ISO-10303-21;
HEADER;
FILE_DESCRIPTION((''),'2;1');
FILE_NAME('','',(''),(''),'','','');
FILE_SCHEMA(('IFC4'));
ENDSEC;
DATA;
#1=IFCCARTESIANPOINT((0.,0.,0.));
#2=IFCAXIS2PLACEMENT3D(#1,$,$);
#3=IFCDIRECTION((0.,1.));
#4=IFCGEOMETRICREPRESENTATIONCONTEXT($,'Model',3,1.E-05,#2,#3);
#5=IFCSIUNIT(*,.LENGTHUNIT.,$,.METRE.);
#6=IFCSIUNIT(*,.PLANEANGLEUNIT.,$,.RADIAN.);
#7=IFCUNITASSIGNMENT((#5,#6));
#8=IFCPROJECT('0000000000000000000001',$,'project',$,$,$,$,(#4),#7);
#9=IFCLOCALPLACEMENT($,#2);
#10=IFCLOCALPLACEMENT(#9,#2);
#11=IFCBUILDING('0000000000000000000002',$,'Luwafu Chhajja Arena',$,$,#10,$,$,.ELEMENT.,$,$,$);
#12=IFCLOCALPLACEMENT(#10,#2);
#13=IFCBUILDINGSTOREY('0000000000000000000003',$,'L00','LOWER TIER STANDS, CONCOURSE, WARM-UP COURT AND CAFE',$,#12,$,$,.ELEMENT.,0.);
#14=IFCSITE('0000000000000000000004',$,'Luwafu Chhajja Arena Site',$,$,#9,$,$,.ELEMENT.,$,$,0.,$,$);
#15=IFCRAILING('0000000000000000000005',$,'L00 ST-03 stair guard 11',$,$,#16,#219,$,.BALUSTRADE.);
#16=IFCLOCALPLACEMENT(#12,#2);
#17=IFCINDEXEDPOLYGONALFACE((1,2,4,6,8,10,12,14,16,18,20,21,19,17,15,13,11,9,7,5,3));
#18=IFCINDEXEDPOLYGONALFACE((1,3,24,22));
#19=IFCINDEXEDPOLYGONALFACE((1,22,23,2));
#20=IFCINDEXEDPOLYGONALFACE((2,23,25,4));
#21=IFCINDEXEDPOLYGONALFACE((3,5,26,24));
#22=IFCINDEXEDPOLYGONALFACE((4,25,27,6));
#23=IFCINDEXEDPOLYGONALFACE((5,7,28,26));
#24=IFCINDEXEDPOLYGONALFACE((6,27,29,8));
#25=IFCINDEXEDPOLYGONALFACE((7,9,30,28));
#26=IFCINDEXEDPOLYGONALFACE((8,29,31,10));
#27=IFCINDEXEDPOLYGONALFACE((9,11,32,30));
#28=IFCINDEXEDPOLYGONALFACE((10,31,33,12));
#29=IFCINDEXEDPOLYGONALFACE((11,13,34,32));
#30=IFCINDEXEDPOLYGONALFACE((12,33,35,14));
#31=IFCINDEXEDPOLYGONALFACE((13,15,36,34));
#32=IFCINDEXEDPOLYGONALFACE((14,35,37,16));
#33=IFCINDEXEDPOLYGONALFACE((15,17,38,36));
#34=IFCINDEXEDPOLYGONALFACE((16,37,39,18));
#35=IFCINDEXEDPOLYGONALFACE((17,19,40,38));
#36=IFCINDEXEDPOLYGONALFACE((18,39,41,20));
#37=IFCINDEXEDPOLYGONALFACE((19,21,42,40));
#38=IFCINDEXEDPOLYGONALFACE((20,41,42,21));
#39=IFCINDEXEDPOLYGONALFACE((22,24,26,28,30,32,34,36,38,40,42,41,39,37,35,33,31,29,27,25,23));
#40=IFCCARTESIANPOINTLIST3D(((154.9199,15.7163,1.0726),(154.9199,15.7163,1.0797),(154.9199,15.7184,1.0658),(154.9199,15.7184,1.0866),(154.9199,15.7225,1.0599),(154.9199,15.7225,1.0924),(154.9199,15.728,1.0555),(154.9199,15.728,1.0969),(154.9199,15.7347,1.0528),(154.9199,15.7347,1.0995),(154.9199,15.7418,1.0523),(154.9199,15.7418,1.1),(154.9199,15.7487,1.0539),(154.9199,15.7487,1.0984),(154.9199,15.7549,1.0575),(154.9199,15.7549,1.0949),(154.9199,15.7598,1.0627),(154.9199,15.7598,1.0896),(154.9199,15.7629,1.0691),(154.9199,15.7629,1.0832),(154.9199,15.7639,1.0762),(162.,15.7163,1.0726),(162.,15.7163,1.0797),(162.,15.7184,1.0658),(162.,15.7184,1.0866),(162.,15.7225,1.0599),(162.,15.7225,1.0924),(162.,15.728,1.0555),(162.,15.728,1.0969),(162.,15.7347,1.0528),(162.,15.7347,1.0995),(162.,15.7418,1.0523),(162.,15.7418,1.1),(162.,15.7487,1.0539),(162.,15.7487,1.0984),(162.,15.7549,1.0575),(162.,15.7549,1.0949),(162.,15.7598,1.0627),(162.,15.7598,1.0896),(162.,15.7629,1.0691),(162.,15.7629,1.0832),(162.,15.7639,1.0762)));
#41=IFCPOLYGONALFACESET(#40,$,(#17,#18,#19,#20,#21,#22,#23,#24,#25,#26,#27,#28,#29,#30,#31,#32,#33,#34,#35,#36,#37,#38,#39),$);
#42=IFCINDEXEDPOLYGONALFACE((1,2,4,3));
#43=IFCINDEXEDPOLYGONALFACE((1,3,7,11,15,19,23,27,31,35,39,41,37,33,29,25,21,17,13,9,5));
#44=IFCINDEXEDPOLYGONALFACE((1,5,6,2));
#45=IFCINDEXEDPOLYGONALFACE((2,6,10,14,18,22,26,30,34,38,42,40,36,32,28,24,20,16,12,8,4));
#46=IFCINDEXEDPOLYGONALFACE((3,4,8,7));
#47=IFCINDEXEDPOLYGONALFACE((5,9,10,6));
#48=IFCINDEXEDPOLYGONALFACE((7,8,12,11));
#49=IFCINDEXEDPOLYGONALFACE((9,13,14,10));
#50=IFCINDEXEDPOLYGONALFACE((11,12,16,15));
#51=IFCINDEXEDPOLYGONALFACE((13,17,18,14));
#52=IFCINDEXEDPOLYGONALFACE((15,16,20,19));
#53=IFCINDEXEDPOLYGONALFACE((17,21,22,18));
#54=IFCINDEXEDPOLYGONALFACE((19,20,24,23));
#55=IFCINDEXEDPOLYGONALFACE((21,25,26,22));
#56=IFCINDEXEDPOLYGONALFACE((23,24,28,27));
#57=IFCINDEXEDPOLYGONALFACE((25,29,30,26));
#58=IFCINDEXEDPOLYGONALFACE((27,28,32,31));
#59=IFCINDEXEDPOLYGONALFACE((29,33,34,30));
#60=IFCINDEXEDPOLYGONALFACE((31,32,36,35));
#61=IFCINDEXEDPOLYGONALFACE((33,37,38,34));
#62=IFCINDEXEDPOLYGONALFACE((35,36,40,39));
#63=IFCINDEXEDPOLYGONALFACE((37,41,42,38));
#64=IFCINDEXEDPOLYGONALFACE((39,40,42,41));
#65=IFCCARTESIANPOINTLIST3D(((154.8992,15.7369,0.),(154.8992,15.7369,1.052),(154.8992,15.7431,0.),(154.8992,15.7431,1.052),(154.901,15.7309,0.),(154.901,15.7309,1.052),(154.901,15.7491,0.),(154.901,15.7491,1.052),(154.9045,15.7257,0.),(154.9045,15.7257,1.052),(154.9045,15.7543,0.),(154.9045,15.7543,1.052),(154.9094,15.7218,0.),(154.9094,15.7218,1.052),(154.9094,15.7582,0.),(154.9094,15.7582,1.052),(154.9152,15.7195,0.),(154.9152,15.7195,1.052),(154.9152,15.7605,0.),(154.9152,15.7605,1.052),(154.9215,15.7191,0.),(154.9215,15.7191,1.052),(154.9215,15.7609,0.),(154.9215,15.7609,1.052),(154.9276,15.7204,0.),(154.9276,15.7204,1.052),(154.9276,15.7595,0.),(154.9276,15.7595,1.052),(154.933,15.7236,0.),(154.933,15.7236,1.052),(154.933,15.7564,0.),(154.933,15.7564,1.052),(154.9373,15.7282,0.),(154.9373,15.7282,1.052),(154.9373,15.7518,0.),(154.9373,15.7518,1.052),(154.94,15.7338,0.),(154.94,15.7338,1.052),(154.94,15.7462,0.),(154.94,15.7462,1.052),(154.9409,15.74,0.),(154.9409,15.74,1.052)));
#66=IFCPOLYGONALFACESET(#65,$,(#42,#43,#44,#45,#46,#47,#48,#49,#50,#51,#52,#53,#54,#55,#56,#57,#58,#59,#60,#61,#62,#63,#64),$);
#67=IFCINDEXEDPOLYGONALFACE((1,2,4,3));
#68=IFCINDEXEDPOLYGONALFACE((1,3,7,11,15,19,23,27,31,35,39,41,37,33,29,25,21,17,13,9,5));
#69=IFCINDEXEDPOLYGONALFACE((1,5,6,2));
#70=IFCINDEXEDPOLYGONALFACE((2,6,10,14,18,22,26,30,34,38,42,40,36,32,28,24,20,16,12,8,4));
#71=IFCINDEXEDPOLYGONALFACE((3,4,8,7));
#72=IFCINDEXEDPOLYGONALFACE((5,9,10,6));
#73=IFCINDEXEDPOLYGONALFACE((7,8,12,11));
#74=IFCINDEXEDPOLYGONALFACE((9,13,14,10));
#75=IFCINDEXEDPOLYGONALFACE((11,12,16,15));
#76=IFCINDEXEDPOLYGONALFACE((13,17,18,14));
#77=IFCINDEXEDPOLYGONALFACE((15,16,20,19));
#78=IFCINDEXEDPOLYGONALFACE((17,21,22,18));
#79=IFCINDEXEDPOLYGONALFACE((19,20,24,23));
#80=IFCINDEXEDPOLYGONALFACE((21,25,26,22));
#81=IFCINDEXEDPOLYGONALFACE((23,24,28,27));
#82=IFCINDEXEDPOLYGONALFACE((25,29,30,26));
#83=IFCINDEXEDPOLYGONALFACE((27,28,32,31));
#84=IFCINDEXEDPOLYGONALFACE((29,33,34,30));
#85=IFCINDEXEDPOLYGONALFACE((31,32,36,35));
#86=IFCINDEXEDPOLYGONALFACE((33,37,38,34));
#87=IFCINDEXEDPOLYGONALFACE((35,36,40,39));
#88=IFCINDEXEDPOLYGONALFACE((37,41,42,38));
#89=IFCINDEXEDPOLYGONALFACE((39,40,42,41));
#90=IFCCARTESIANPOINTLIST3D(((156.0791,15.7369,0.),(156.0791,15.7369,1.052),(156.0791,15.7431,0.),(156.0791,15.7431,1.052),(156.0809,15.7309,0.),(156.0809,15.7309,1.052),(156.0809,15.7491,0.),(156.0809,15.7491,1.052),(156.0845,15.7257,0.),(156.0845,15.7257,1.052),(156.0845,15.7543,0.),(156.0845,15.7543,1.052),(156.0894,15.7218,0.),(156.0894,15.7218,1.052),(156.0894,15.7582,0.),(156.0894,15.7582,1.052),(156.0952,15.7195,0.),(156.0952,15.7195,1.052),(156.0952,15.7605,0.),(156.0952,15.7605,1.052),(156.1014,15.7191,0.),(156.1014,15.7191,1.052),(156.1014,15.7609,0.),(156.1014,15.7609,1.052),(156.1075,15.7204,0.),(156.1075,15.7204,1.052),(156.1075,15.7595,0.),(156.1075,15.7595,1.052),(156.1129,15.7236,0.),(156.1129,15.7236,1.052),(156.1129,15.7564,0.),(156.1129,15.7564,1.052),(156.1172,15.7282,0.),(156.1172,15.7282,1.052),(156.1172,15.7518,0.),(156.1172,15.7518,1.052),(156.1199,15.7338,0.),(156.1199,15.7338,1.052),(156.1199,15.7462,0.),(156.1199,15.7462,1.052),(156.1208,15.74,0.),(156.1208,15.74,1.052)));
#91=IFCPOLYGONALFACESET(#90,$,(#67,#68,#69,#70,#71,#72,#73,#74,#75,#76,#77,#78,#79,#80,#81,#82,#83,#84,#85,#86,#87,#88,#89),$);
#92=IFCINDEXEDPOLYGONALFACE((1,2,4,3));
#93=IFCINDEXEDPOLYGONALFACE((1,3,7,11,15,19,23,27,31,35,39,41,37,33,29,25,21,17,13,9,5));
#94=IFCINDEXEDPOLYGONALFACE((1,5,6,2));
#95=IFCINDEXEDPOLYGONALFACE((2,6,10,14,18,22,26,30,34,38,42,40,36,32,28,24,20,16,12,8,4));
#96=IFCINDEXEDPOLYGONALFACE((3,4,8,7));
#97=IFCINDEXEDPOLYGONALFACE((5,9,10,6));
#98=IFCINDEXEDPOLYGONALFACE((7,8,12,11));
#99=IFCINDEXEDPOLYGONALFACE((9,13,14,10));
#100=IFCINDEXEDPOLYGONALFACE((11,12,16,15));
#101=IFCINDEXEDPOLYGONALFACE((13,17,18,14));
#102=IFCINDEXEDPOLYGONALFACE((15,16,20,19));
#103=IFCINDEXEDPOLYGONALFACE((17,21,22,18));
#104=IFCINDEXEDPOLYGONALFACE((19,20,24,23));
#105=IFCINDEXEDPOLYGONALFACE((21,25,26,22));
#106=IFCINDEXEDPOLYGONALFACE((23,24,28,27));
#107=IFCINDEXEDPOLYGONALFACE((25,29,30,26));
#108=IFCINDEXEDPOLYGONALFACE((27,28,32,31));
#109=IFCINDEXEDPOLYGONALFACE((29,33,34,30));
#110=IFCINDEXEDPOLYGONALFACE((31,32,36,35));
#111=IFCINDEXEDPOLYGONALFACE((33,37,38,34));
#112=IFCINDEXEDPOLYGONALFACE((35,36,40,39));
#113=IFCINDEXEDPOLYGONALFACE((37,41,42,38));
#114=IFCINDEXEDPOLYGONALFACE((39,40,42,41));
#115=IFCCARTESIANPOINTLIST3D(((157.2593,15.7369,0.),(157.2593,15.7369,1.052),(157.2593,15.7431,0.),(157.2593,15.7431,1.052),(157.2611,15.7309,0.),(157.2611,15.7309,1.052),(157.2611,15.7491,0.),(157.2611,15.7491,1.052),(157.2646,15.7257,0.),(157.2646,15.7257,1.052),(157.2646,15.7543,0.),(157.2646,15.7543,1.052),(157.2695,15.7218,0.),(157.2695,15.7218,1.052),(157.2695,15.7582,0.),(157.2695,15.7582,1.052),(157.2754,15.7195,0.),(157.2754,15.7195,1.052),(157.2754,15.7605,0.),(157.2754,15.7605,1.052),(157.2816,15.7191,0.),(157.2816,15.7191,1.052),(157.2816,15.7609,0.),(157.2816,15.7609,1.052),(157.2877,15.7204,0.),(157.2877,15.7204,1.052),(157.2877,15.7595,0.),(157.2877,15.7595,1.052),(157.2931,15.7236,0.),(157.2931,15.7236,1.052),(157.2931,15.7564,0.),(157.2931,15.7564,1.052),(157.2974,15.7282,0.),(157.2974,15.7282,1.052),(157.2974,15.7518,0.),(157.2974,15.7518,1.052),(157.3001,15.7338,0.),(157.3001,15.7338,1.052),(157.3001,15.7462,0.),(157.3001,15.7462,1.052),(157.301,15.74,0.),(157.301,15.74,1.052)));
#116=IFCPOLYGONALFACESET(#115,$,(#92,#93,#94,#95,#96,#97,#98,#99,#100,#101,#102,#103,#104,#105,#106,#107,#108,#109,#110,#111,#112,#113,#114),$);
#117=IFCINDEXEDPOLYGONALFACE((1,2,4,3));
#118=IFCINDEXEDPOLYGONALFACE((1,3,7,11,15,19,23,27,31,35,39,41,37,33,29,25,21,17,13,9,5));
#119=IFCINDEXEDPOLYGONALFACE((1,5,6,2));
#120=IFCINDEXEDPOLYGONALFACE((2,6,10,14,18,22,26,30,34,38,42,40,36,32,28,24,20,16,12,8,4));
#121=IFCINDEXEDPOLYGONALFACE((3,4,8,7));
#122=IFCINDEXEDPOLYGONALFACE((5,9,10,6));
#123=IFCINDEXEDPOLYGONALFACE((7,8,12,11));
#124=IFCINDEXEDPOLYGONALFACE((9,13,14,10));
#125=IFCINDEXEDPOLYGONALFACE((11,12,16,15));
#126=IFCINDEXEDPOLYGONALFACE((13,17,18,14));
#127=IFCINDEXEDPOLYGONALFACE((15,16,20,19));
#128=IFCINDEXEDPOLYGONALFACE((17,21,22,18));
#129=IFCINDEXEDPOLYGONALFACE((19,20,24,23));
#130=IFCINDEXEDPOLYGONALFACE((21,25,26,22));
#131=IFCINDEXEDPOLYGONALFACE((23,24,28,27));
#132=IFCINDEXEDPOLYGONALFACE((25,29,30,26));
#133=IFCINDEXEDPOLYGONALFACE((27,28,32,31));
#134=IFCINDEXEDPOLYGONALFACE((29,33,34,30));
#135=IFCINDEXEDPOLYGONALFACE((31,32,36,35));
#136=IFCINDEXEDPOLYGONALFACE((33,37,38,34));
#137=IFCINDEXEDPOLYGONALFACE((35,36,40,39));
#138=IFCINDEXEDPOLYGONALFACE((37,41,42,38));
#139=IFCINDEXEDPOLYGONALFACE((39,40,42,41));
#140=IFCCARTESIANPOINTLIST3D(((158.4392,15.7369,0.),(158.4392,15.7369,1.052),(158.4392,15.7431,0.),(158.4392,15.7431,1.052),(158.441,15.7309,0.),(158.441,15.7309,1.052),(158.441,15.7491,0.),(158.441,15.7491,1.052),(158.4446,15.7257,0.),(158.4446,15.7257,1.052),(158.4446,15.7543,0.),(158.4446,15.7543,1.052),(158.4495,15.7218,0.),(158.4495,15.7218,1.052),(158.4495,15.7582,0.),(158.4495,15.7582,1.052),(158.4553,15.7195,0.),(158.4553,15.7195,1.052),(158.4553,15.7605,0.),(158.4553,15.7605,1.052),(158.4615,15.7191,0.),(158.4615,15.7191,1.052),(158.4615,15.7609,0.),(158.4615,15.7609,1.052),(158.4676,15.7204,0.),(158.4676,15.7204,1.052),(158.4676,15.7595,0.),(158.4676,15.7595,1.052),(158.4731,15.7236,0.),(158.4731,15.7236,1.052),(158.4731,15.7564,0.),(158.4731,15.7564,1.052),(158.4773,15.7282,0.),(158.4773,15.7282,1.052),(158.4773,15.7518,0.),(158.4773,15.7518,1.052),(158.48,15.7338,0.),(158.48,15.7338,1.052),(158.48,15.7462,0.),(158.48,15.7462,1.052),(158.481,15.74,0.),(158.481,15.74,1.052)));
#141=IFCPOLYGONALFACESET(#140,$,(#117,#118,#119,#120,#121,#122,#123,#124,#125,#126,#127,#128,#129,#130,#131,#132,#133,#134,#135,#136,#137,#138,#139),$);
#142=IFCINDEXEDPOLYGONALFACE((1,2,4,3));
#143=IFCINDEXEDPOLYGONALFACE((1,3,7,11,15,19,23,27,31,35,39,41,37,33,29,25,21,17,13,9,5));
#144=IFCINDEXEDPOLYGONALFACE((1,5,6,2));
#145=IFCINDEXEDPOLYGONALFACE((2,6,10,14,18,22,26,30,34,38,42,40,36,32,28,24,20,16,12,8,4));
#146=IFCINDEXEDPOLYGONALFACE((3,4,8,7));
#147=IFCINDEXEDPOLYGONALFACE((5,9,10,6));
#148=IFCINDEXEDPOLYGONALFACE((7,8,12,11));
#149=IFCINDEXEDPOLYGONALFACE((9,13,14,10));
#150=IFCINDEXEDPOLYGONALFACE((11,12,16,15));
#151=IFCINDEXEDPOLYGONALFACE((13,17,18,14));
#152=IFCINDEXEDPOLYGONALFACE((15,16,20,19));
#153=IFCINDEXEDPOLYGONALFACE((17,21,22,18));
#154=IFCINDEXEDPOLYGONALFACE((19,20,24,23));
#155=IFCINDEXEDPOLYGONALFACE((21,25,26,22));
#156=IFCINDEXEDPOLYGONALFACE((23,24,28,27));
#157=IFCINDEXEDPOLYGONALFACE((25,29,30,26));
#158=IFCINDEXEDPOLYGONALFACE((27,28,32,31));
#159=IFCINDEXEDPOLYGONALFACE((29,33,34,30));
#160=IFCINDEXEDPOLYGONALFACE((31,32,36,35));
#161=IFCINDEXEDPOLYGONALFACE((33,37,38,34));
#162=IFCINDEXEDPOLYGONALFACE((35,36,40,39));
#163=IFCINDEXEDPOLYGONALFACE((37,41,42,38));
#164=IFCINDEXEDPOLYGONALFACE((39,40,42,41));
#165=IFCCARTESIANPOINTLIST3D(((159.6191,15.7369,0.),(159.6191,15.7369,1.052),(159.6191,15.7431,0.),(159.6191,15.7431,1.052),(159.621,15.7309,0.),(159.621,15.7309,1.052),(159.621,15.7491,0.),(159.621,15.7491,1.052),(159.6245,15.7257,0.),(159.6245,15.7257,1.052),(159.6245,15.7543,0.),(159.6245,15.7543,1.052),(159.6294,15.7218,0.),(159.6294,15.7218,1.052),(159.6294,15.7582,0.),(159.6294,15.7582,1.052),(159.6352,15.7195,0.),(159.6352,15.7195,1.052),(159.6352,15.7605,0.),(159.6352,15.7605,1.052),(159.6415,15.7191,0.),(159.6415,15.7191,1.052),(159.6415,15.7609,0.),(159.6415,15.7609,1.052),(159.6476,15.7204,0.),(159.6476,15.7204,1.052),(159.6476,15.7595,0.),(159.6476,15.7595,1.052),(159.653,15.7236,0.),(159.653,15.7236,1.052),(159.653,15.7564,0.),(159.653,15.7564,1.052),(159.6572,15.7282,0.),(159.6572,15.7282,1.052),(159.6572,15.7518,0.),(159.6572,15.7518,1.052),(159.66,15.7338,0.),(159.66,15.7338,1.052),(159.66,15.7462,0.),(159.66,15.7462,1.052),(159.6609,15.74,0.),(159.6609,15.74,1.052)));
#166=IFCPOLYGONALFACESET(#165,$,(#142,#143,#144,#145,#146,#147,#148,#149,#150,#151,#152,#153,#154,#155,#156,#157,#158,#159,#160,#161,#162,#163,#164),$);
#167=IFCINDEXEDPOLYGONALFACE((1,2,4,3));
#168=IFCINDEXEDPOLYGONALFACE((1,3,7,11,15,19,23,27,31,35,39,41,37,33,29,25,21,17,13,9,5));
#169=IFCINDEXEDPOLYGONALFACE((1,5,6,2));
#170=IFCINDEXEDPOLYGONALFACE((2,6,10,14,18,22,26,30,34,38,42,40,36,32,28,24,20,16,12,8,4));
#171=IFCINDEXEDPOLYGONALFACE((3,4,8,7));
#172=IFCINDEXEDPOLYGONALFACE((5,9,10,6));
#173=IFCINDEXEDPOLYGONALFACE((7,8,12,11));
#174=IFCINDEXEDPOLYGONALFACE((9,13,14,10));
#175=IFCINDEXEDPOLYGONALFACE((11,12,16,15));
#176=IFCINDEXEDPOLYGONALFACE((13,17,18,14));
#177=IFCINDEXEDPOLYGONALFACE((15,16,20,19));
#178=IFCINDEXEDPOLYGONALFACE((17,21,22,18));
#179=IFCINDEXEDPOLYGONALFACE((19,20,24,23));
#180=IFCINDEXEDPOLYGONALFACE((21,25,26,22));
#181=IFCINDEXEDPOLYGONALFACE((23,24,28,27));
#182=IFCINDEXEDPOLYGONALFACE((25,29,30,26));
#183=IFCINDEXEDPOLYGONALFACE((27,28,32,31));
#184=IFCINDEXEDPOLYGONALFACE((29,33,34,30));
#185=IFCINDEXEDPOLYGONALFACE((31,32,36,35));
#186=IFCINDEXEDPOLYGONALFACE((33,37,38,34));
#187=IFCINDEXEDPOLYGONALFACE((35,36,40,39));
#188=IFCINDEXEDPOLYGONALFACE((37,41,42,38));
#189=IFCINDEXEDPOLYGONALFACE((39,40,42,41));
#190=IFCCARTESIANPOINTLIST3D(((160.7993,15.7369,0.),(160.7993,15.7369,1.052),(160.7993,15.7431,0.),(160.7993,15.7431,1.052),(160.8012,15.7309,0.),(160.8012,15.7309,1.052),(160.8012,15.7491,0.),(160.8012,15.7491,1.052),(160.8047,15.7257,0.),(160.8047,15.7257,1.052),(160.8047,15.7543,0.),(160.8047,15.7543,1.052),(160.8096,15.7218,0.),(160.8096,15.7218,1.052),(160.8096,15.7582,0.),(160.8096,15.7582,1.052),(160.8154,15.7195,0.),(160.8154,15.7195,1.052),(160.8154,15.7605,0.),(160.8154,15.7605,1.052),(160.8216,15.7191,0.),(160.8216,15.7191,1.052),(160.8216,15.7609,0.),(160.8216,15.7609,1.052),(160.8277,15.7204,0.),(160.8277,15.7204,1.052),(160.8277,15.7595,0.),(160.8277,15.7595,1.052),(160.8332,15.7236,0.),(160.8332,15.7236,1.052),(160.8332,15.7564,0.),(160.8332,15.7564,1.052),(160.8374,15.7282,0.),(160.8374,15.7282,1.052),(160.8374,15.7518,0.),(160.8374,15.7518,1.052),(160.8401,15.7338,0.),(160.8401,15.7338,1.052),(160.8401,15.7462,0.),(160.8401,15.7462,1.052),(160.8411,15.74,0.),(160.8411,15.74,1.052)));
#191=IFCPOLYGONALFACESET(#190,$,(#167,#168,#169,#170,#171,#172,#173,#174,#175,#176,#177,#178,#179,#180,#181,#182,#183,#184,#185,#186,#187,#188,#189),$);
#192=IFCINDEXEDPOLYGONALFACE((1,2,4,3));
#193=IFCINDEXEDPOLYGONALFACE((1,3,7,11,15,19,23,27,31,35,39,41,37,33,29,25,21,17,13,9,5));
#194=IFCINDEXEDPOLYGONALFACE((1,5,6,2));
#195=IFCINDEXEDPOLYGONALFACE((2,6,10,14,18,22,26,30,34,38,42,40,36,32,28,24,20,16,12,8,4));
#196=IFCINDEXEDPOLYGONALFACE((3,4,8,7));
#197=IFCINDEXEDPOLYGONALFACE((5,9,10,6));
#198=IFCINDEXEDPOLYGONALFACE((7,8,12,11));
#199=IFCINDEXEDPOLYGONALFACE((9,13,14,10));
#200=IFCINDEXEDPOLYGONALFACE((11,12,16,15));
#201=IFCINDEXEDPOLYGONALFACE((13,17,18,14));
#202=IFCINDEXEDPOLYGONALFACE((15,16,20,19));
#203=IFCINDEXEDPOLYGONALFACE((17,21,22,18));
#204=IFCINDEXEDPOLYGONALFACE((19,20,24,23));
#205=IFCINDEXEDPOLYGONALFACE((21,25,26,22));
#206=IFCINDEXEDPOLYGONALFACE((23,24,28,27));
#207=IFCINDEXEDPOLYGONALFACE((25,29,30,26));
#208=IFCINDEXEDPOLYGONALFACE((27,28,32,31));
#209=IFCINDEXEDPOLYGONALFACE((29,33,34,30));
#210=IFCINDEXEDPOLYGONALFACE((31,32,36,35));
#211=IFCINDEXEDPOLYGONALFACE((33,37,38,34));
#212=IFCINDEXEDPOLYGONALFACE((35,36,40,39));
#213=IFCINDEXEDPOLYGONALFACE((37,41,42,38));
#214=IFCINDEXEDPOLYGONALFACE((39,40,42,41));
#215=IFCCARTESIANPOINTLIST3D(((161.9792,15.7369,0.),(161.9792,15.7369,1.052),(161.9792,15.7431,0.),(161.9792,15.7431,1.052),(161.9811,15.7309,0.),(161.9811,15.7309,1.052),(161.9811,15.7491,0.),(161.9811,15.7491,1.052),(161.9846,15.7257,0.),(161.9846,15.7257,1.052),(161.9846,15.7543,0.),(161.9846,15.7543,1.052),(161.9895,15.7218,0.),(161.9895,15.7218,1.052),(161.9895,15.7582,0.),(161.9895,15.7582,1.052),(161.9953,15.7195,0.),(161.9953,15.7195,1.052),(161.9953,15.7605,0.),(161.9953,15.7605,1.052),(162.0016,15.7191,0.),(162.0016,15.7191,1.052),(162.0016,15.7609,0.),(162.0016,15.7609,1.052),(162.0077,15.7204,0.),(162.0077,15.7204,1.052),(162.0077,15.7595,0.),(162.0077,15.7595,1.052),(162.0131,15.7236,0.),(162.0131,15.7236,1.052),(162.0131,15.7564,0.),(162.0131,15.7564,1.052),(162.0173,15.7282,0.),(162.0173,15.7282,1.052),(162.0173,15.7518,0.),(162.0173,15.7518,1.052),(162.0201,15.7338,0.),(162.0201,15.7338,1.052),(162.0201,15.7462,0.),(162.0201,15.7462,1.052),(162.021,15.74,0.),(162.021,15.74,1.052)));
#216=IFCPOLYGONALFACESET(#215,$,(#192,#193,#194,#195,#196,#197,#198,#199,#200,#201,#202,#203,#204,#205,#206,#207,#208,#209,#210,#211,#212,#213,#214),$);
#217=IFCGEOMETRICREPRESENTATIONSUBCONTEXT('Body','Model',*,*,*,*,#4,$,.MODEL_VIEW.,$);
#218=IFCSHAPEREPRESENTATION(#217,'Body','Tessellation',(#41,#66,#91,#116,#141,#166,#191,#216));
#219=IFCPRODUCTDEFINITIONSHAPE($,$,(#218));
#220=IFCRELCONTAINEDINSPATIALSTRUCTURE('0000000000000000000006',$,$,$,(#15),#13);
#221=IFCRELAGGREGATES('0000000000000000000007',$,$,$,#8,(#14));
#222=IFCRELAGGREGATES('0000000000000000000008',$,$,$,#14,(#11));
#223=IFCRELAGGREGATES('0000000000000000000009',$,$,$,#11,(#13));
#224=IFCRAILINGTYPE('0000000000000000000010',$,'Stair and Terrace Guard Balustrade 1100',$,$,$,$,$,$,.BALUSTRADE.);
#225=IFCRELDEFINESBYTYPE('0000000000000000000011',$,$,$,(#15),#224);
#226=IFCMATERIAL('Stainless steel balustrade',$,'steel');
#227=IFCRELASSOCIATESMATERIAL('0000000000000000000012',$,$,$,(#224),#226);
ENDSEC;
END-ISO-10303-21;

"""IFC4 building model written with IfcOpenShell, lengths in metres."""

from ifc_helpers import new_model, si_unit, direction, frame, origin, origin_2d, place, context, subcontext, project, spatial, circle, extrude, material, type_object, element, save


model = new_model("IFC4")

# Units and contexts
model_context = context("Model", 3, precision=1e-05, world=origin(), true_north=direction((0.0, 1.0)))
body_context = subcontext(model_context, "Body", "Model", "MODEL_VIEW")
ifc_project = project(units=[si_unit("LENGTHUNIT", "METRE"), si_unit("PLANEANGLEUNIT", "RADIAN")], contexts=[model_context])

# Site, building, storey
site_placement = place(None, origin())
site = spatial("IfcSite", under=ifc_project, at=site_placement, Name="Luwafu Chhajja Arena Site", CompositionType="ELEMENT", RefElevation=0.0)
building_placement = place(site_placement, origin())
building = spatial("IfcBuilding", under=site, at=building_placement, Name="Luwafu Chhajja Arena", CompositionType="ELEMENT")
storey_placement = place(building_placement, origin())
storey = spatial("IfcBuildingStorey", under=building, at=storey_placement, Name="L00", Description="LOWER TIER STANDS, CONCOURSE, WARM-UP COURT AND CAFE", CompositionType="ELEMENT", Elevation=0.0)

# Railing
ifc_material_1 = material(Name="Stainless steel balustrade", Category="steel")
railing_type = type_object("IfcRailingType", Name="Stair and Terrace Guard Balustrade 1100", PredefinedType="BALUSTRADE", material=ifc_material_1)
for number, where, name in (
    (1, (154.9199, 15.74, 0.0), "L00 ST-03 stair guard 11"),
):
    element("IfcRailing", number, at=place(storey_placement, frame(where)), inside=storey, type_object=railing_type, Name=name, PredefinedType="BALUSTRADE", context=body_context, shape_type="SweptSolid", body=[
        extrude(circle(Radius=0.0239, at=origin_2d()), frame((0.0, 0.0, 1.0762), z_axis=(1.0, 0.0, 0.0), x_axis=(0.0, 1.0, 0.0)), (0.0, 0.0, 1.0), 7.0801),
        extrude(circle(Radius=0.021, at=origin_2d()), origin(), (0.0, 0.0, 1.0), 1.052),
        extrude(circle(Radius=0.021, at=origin_2d()), frame((1.1799, 0.0, 0.0)), (0.0, 0.0, 1.0), 1.052),
        extrude(circle(Radius=0.021, at=origin_2d()), frame((2.3601, 0.0, 0.0)), (0.0, 0.0, 1.0), 1.052),
        extrude(circle(Radius=0.021, at=origin_2d()), frame((3.54, 0.0, 0.0)), (0.0, 0.0, 1.0), 1.052),
        extrude(circle(Radius=0.021, at=origin_2d()), frame((4.72, 0.0, 0.0)), (0.0, 0.0, 1.0), 1.052),
        extrude(circle(Radius=0.021, at=origin_2d()), frame((5.9001, 0.0, 0.0)), (0.0, 0.0, 1.0), 1.052),
        extrude(circle(Radius=0.021, at=origin_2d()), frame((7.0801, 0.0, 0.0)), (0.0, 0.0, 1.0), 1.052),
    ])

save(model, "model.ifc")
